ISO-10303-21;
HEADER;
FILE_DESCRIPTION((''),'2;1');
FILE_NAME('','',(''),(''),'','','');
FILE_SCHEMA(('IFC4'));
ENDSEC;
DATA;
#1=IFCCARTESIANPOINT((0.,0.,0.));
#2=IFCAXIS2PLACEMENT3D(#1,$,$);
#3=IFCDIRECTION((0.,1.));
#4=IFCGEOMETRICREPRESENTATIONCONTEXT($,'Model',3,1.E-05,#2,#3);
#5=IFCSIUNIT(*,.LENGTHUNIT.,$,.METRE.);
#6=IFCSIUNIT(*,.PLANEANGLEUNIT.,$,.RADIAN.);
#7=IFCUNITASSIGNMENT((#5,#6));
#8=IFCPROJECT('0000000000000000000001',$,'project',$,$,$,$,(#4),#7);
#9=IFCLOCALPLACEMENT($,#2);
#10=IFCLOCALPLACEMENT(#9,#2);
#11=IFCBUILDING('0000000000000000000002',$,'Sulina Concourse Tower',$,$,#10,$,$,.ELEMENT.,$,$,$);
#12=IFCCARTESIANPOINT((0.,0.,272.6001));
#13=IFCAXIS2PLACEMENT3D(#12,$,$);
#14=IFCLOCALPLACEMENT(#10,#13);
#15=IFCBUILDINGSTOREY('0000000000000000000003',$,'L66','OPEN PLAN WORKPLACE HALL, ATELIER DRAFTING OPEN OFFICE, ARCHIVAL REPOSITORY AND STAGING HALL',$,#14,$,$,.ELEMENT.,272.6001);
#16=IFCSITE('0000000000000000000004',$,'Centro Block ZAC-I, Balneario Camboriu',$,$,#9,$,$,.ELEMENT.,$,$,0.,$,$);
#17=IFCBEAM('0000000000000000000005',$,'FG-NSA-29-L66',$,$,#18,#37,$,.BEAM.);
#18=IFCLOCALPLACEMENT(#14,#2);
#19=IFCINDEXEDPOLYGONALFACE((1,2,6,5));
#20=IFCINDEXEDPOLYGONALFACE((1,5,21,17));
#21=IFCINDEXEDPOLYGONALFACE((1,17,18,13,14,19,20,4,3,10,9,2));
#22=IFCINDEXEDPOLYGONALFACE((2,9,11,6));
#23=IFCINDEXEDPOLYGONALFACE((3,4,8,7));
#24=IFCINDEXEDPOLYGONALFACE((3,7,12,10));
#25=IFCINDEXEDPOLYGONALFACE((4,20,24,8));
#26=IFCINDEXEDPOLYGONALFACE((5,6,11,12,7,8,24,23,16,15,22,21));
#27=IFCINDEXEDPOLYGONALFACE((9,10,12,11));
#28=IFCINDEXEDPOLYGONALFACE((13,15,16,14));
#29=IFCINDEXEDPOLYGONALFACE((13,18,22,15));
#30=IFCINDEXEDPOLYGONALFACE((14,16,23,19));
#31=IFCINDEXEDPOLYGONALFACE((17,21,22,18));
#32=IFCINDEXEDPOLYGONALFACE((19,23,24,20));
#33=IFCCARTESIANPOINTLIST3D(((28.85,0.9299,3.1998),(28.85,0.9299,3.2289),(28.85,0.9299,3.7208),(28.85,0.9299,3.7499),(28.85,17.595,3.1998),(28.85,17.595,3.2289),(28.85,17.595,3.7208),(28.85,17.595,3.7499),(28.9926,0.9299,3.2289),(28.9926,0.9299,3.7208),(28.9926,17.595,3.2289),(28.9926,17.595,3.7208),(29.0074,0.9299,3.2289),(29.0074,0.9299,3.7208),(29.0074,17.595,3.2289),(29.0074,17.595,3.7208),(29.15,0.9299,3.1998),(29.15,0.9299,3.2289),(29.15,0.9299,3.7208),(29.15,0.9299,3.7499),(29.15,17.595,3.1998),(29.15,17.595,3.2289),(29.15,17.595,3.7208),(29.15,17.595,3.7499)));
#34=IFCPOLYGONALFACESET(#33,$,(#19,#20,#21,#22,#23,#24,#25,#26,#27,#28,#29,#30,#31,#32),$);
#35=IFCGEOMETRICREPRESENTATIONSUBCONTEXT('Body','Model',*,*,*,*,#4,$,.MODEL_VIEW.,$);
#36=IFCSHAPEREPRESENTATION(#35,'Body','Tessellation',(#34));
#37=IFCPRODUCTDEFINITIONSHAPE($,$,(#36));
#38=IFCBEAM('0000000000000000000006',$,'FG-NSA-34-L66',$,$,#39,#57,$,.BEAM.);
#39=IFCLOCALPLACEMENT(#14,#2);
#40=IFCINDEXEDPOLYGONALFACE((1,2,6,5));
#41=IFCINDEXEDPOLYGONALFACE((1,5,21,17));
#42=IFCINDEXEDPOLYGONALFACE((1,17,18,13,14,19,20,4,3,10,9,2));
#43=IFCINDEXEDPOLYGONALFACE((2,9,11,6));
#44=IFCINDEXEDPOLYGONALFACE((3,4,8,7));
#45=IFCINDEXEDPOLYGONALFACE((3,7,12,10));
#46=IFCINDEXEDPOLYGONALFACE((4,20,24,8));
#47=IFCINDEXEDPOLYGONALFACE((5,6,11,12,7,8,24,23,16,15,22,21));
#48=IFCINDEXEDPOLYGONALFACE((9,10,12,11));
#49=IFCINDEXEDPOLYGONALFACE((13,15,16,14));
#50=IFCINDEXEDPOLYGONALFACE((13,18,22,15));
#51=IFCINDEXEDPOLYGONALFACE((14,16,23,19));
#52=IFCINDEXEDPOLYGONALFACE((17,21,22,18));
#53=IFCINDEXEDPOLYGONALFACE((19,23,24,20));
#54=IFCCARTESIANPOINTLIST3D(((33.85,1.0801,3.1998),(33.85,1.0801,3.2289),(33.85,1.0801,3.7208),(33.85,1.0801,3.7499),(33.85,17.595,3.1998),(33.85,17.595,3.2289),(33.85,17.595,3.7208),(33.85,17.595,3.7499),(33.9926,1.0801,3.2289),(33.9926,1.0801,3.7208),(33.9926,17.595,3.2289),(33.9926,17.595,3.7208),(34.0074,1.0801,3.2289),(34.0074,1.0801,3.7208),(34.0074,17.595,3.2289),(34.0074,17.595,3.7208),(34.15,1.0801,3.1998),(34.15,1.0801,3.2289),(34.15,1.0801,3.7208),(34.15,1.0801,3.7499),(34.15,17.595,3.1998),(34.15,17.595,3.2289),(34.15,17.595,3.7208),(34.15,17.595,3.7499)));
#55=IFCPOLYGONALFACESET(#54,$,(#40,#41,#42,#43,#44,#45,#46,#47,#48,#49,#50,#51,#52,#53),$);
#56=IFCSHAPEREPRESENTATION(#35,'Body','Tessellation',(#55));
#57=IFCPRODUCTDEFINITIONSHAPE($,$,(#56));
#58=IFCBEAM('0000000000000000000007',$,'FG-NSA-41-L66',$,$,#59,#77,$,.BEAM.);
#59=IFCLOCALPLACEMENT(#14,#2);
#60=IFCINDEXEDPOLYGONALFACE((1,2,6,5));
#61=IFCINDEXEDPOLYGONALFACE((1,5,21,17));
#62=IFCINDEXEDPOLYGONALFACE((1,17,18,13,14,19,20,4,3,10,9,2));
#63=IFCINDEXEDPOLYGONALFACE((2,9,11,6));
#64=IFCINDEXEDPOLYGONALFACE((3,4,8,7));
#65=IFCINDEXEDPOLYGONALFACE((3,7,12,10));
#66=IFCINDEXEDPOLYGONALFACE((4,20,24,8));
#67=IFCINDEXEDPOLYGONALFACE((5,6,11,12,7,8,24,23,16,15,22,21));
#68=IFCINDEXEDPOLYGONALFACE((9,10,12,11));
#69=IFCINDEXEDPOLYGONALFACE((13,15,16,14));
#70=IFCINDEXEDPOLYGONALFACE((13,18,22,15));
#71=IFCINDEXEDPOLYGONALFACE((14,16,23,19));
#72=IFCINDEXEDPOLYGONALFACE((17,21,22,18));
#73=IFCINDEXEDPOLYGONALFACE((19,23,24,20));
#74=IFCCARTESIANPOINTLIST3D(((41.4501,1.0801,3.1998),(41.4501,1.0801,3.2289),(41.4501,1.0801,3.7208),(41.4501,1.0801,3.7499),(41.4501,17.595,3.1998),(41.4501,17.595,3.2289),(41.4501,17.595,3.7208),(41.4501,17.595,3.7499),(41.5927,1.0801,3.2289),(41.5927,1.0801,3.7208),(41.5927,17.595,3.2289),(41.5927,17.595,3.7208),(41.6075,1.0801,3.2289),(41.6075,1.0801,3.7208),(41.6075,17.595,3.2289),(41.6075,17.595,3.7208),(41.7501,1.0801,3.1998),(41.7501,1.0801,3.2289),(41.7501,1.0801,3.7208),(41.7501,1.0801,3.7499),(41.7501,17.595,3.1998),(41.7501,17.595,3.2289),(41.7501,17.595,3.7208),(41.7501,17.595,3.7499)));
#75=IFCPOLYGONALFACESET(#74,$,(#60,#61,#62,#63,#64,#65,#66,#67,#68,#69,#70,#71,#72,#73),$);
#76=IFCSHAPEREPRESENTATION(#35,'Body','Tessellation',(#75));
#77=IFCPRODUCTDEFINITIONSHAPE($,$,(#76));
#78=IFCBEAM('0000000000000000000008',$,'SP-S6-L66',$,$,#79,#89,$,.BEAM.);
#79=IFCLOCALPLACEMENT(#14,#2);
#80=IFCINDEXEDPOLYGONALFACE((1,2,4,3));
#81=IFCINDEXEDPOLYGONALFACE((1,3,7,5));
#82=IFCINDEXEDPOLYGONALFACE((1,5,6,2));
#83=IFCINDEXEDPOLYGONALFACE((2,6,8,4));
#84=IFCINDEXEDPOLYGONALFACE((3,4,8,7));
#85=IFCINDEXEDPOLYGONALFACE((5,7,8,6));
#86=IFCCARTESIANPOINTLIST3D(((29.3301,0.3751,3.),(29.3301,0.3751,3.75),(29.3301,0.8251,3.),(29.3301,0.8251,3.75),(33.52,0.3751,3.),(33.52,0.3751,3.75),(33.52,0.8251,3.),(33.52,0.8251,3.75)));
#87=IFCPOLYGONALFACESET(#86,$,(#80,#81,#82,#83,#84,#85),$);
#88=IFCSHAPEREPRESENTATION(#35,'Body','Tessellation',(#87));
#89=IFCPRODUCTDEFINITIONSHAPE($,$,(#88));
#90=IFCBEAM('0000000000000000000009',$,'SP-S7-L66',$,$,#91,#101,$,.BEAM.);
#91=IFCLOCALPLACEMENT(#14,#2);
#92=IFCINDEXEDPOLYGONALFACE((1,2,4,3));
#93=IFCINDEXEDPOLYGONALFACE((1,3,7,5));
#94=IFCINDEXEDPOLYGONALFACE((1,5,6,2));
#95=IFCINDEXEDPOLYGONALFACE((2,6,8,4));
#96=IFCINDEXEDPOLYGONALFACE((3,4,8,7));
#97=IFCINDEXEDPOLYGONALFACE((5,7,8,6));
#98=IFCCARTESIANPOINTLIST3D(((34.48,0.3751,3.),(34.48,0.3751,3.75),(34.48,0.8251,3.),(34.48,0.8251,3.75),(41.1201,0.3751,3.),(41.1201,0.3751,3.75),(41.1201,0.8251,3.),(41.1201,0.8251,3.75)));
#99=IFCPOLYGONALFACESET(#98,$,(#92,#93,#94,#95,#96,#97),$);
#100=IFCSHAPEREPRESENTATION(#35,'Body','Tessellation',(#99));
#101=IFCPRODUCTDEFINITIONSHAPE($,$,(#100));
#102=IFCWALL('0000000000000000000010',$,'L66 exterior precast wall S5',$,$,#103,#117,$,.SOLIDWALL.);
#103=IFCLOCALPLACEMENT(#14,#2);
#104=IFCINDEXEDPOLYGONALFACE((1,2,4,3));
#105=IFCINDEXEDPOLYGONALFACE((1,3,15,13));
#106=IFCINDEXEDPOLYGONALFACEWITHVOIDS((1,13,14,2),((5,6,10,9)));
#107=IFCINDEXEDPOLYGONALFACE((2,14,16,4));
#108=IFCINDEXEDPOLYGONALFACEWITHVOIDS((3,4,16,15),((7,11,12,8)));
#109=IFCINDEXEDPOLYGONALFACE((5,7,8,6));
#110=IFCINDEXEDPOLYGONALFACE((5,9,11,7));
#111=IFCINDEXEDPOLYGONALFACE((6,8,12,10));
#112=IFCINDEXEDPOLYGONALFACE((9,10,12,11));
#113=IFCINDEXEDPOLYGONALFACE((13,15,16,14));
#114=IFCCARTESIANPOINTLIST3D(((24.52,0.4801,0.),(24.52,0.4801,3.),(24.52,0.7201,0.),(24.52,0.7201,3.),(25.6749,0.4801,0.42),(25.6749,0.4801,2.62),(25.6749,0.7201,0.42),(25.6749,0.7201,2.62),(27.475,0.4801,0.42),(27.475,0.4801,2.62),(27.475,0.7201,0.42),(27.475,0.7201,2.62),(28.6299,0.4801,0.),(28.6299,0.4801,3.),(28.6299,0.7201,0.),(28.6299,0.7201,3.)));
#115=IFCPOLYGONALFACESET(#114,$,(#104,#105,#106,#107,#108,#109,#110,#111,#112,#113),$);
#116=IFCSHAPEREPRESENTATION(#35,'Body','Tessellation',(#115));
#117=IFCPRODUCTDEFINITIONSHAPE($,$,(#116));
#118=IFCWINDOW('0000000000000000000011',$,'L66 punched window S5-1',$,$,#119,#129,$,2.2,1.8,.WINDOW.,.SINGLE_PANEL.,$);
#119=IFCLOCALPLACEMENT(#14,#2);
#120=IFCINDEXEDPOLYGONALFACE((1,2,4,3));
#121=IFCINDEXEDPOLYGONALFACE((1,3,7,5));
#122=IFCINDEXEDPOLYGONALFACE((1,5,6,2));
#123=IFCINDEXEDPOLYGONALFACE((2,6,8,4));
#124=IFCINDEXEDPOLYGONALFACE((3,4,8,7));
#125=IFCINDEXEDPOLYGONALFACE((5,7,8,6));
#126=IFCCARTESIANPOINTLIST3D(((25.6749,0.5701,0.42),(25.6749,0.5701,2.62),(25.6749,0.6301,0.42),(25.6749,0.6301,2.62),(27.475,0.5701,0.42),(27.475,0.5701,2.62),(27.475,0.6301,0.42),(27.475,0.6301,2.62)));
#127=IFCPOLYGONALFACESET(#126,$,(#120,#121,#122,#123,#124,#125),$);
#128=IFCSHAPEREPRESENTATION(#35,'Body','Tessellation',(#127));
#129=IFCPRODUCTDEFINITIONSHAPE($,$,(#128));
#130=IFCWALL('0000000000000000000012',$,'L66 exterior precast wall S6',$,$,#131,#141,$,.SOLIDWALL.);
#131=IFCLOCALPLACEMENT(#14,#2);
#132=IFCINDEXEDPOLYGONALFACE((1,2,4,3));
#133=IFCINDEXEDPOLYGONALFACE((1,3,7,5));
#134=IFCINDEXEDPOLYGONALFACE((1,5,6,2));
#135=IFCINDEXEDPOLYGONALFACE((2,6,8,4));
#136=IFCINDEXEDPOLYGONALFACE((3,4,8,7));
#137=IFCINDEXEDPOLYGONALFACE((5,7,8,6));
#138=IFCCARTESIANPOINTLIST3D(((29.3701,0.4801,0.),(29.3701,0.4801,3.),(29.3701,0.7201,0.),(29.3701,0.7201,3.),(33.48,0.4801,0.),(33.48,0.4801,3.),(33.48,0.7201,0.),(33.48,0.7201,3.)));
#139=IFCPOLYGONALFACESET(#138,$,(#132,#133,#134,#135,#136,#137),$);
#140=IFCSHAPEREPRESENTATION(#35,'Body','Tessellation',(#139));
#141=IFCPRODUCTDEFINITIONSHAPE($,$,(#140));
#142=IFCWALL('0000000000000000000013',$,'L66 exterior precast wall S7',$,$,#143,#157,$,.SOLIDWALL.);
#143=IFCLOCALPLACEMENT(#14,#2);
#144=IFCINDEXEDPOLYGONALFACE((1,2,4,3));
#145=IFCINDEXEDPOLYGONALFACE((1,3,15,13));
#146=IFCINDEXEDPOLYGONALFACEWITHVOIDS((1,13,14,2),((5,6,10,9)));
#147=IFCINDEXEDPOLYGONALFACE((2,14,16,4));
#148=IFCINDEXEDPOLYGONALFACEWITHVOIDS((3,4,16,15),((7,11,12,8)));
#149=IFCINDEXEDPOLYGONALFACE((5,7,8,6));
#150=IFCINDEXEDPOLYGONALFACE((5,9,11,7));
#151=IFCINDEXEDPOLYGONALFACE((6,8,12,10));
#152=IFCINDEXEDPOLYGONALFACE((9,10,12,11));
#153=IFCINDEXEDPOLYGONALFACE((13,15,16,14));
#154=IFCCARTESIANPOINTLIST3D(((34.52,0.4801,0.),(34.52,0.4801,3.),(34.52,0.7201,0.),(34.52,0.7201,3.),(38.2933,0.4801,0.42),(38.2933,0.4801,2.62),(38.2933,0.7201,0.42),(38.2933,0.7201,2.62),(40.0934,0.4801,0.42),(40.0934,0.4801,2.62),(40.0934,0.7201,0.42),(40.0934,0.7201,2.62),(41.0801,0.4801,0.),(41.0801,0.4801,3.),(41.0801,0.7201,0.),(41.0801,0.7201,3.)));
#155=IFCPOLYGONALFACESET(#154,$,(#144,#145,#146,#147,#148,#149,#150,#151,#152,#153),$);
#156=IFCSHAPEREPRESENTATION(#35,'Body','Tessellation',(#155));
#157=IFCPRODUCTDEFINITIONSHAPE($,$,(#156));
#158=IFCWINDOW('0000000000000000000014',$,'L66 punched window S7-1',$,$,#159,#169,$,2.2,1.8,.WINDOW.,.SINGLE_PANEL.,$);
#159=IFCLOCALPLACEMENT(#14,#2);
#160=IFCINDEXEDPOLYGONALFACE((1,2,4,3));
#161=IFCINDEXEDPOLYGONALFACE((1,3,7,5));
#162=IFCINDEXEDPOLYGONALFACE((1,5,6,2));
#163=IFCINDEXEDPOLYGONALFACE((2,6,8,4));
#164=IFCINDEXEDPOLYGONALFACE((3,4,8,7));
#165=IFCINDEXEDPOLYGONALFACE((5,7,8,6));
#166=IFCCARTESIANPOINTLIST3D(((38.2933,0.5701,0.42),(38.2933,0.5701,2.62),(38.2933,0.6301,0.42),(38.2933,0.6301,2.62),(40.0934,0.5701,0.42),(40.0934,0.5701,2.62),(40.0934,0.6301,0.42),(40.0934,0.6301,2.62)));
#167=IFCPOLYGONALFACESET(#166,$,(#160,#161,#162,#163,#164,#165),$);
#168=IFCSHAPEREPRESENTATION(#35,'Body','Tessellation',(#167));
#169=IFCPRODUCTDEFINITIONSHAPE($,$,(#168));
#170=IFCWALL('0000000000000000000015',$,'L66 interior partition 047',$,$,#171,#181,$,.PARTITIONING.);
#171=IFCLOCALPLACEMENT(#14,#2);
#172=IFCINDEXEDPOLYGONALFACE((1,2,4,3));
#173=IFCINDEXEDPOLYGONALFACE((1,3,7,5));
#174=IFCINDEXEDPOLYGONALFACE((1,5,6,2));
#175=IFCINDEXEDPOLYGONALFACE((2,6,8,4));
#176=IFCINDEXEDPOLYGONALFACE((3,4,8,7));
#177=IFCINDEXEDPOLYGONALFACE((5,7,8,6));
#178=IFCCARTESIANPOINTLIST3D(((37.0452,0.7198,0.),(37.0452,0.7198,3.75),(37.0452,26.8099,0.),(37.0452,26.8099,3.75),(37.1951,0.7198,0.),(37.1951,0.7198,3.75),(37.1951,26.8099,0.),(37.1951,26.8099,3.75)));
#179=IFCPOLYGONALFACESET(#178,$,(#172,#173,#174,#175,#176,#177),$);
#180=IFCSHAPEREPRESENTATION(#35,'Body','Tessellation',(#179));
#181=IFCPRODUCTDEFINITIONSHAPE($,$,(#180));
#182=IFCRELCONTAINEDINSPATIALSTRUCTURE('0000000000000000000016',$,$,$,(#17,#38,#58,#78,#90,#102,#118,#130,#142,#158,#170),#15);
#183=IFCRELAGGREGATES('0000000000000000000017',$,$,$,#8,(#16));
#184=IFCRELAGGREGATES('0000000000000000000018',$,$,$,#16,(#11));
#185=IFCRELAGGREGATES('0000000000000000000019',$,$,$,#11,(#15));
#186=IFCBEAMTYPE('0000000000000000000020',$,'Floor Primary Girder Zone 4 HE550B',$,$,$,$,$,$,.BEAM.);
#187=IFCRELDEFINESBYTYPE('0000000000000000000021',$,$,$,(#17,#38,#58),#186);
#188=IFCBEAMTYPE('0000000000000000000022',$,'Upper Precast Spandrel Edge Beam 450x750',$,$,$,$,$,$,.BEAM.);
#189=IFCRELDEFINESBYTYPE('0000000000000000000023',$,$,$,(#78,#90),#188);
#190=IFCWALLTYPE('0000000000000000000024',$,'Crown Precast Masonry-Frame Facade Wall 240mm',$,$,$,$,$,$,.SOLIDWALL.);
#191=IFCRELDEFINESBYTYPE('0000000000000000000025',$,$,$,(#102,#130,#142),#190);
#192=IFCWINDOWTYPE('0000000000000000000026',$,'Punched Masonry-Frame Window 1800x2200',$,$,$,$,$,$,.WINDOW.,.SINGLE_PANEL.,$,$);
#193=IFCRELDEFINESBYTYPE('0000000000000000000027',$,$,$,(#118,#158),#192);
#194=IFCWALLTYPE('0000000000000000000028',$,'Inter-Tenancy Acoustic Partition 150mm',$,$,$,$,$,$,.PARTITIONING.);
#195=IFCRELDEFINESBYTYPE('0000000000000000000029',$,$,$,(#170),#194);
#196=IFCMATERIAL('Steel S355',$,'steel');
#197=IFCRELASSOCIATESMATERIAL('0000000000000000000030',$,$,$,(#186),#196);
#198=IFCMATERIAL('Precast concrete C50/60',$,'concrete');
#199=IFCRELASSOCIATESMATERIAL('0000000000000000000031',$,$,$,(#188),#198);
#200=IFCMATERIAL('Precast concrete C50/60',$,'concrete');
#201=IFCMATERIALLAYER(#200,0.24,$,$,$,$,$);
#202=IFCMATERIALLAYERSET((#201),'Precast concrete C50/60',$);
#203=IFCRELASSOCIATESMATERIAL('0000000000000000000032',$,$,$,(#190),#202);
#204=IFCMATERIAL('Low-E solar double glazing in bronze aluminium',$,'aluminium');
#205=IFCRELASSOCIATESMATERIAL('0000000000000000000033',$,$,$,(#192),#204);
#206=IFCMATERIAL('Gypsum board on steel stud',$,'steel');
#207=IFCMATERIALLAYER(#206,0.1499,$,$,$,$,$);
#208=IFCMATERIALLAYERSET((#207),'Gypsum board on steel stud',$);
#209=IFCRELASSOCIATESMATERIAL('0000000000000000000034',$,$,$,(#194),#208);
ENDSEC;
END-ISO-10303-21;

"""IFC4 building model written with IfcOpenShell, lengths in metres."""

from ifc_helpers import new_model, si_unit, direction, frame, frame_2d, origin, origin_2d, place, context, subcontext, project, spatial, rectangle, i_section, extrude, material, layer, layer_set, material_profile, profile_set, type_object, element, fill, save


model = new_model("IFC4")

# Units and contexts
model_context = context("Model", 3, precision=1e-05, world=origin(), true_north=direction((0.0, 1.0)))
body_context = subcontext(model_context, "Body", "Model", "MODEL_VIEW")
ifc_project = project(units=[si_unit("LENGTHUNIT", "METRE"), si_unit("PLANEANGLEUNIT", "RADIAN")], contexts=[model_context])

# Site, building, storey
site_placement = place(None, origin())
site = spatial("IfcSite", under=ifc_project, at=site_placement, Name="Centro Block ZAC-I, Balneario Camboriu", CompositionType="ELEMENT", RefElevation=0.0)
building_placement = place(site_placement, origin())
building = spatial("IfcBuilding", under=site, at=building_placement, Name="Sulina Concourse Tower", CompositionType="ELEMENT")
storey_placement = place(building_placement, frame((0.0, 0.0, 272.6001)))
storey = spatial("IfcBuildingStorey", under=building, at=storey_placement, Name="L66", Description="OPEN PLAN WORKPLACE HALL, ATELIER DRAFTING OPEN OFFICE, ARCHIVAL REPOSITORY AND STAGING HALL", CompositionType="ELEMENT", Elevation=272.6001)

# Beams
ifc_material_1 = material(Name="Steel S355", Category="steel")
ifc_material_profile_1 = material_profile(ifc_material_1, i_section(OverallWidth=0.3, OverallDepth=0.55, WebThickness=0.0149, FlangeThickness=0.0291, at=origin_2d()), Name="HE 550 B")
ifc_profile_set_1 = profile_set([ifc_material_profile_1], Name="Steel S355")
beam_type_1 = type_object("IfcBeamType", Name="Floor Primary Girder Zone 4 HE550B", PredefinedType="BEAM", material=ifc_profile_set_1)
beam_1_placement = place(storey_placement, frame((29.0, 0.9299, 3.4749), z_axis=(0.0, 1.0, 0.0), x_axis=(-1.0, 0.0, 0.0)))
element("IfcBeam", 1, at=beam_1_placement, inside=storey, type_object=beam_type_1, Name="FG-NSA-29-L66", PredefinedType="BEAM", context=body_context, shape_type="SweptSolid", body=[
    extrude(i_section(OverallWidth=0.3, OverallDepth=0.55, WebThickness=0.0149, FlangeThickness=0.0291, at=origin_2d()), origin(), (0.0, 0.0, 1.0), 16.665),
])
for number, where, z_axis, x_axis, name in (
    (2, (34.0, 1.0801, 3.4749), (0.0, 1.0, 0.0), (-1.0, 0.0, 0.0), "FG-NSA-34-L66"),
    (3, (41.6001, 1.0801, 3.4749), (0.0, 1.0, 0.0), (-1.0, 0.0, 0.0), "FG-NSA-41-L66"),
):
    element("IfcBeam", number, at=place(storey_placement, frame(where, z_axis=z_axis, x_axis=x_axis)), inside=storey, type_object=beam_type_1, Name=name, PredefinedType="BEAM", context=body_context, shape_type="SweptSolid", body=[
        extrude(i_section(OverallWidth=0.3, OverallDepth=0.55, WebThickness=0.0149, FlangeThickness=0.0291, at=origin_2d()), origin(), (0.0, 0.0, 1.0), 16.5149),
    ])
ifc_material_2 = material(Name="Precast concrete C50/60", Category="concrete")
ifc_material_profile_2 = material_profile(ifc_material_2, rectangle(XDim=0.45, YDim=0.75, at=origin_2d()), Name="RC 450x750")
ifc_profile_set_2 = profile_set([ifc_material_profile_2], Name="Precast concrete C50/60")
beam_type_2 = type_object("IfcBeamType", Name="Upper Precast Spandrel Edge Beam 450x750", PredefinedType="BEAM", material=ifc_profile_set_2)
beam_2_placement = place(storey_placement, frame((29.3301, 0.6001, 3.375), z_axis=(1.0, 0.0, 0.0), x_axis=(0.0, 1.0, 0.0)))
element("IfcBeam", 4, at=beam_2_placement, inside=storey, type_object=beam_type_2, Name="SP-S6-L66", PredefinedType="BEAM", context=body_context, shape_type="SweptSolid", body=[
    extrude(rectangle(XDim=0.45, YDim=0.75, at=origin_2d()), origin(), (0.0, 0.0, 1.0), 4.1899),
])
beam_3_placement = place(storey_placement, frame((34.48, 0.6001, 3.375), z_axis=(1.0, 0.0, 0.0), x_axis=(0.0, 1.0, 0.0)))
element("IfcBeam", 5, at=beam_3_placement, inside=storey, type_object=beam_type_2, Name="SP-S7-L66", PredefinedType="BEAM", context=body_context, shape_type="SweptSolid", body=[
    extrude(rectangle(XDim=0.45, YDim=0.75, at=origin_2d()), origin(), (0.0, 0.0, 1.0), 6.6401),
])

# Wall, opening, window
ifc_material_3 = material(Name="Precast concrete C50/60", Category="concrete")
ifc_layer_1 = layer(ifc_material_3, 0.24)
ifc_layer_set_1 = layer_set([ifc_layer_1], Name="Precast concrete C50/60")
wall_type_1 = type_object("IfcWallType", Name="Crown Precast Masonry-Frame Facade Wall 240mm", PredefinedType="SOLIDWALL", material=ifc_layer_set_1)
wall_1_placement = place(storey_placement, frame((28.6299, 0.6001, 0.0), z_axis=(0.0, 0.0, 1.0), x_axis=(-1.0, 0.0, 0.0)))
wall_1 = element("IfcWall", 6, at=wall_1_placement, inside=storey, type_object=wall_type_1, Name="L66 exterior precast wall S5", PredefinedType="SOLIDWALL", context=body_context, shape_type="SweptSolid", body=[
    extrude(rectangle(XDim=4.1099, YDim=0.24, at=frame_2d((2.0549, 0.0))), origin(), (0.0, 0.0, 1.0), 3.0),
])
opening_1_placement = place(wall_1_placement, frame((1.155, 0.0, 0.4199)))
opening_1 = element("IfcOpeningElement", 7, at=opening_1_placement, cuts=wall_1, PredefinedType="OPENING", context=body_context, shape_type="SweptSolid", body=[
    extrude(rectangle(XDim=1.8, YDim=2.2, at=frame_2d((0.8999, 1.1001))), frame((0.0, 0.1299, 0.0), z_axis=(0.0, -1.0, 0.0), x_axis=(1.0, 0.0, 0.0)), (0.0, 0.0, 1.0), 0.26),
])
ifc_material_4 = material(Name="Low-E solar double glazing in bronze aluminium", Category="aluminium")
window_type = type_object("IfcWindowType", Name="Punched Masonry-Frame Window 1800x2200", PartitioningType="SINGLE_PANEL", PredefinedType="WINDOW", material=ifc_material_4)
window_1_placement = place(opening_1_placement, origin())
window_1 = element("IfcWindow", 8, at=window_1_placement, inside=storey, type_object=window_type, Name="L66 punched window S5-1", OverallHeight=2.2, OverallWidth=1.8, PartitioningType="SINGLE_PANEL", PredefinedType="WINDOW", context=body_context, shape_type="SweptSolid", body=[
    extrude(rectangle(XDim=1.8, YDim=2.2, at=frame_2d((0.8999, 1.1001))), frame((0.0, 0.03, 0.0), z_axis=(0.0, -1.0, 0.0), x_axis=(1.0, 0.0, 0.0)), (0.0, 0.0, 1.0), 0.0601),
])
fill(opening_1, window_1)

# Wall
wall_2_placement = place(storey_placement, frame((33.48, 0.6001, 0.0), z_axis=(0.0, 0.0, 1.0), x_axis=(-1.0, 0.0, 0.0)))
element("IfcWall", 9, at=wall_2_placement, inside=storey, type_object=wall_type_1, Name="L66 exterior precast wall S6", PredefinedType="SOLIDWALL", context=body_context, shape_type="SweptSolid", body=[
    extrude(rectangle(XDim=4.1099, YDim=0.24, at=frame_2d((2.0549, 0.0))), origin(), (0.0, 0.0, 1.0), 3.0),
])

# Wall, opening, window
wall_3_placement = place(storey_placement, frame((41.0801, 0.6001, 0.0), z_axis=(0.0, 0.0, 1.0), x_axis=(-1.0, 0.0, 0.0)))
wall_3 = element("IfcWall", 10, at=wall_3_placement, inside=storey, type_object=wall_type_1, Name="L66 exterior precast wall S7", PredefinedType="SOLIDWALL", context=body_context, shape_type="SweptSolid", body=[
    extrude(rectangle(XDim=6.5601, YDim=0.24, at=frame_2d((3.28, 0.0))), origin(), (0.0, 0.0, 1.0), 3.0),
])
opening_2_placement = place(wall_3_placement, frame((0.9868, 0.0, 0.4199)))
opening_2 = element("IfcOpeningElement", 11, at=opening_2_placement, cuts=wall_3, PredefinedType="OPENING", context=body_context, shape_type="SweptSolid", body=[
    extrude(rectangle(XDim=1.8, YDim=2.2, at=frame_2d((0.8999, 1.1001))), frame((0.0, 0.1299, 0.0), z_axis=(0.0, -1.0, 0.0), x_axis=(1.0, 0.0, 0.0)), (0.0, 0.0, 1.0), 0.26),
])
window_2_placement = place(opening_2_placement, origin())
window_2 = element("IfcWindow", 12, at=window_2_placement, inside=storey, type_object=window_type, Name="L66 punched window S7-1", OverallHeight=2.2, OverallWidth=1.8, PartitioningType="SINGLE_PANEL", PredefinedType="WINDOW", context=body_context, shape_type="SweptSolid", body=[
    extrude(rectangle(XDim=1.8, YDim=2.2, at=frame_2d((0.8999, 1.1001))), frame((0.0, 0.03, 0.0), z_axis=(0.0, -1.0, 0.0), x_axis=(1.0, 0.0, 0.0)), (0.0, 0.0, 1.0), 0.0601),
])
fill(opening_2, window_2)

# Wall
ifc_material_5 = material(Name="Gypsum board on steel stud", Category="steel")
ifc_layer_2 = layer(ifc_material_5, 0.1499)
ifc_layer_set_2 = layer_set([ifc_layer_2], Name="Gypsum board on steel stud")
wall_type_2 = type_object("IfcWallType", Name="Inter-Tenancy Acoustic Partition 150mm", PredefinedType="PARTITIONING", material=ifc_layer_set_2)
wall_4_placement = place(storey_placement, frame((37.1201, 0.72, 0.0), z_axis=(0.0, 0.0, 1.0), x_axis=(0.0, 1.0, 0.0)))
element("IfcWall", 13, at=wall_4_placement, inside=storey, type_object=wall_type_2, Name="L66 interior partition 047", PredefinedType="PARTITIONING", context=body_context, shape_type="SweptSolid", body=[
    extrude(rectangle(XDim=26.0901, YDim=0.1499, at=frame_2d((13.0449, 0.0))), origin(), (0.0, 0.0, 1.0), 3.75),
])

save(model, "model.ifc")
